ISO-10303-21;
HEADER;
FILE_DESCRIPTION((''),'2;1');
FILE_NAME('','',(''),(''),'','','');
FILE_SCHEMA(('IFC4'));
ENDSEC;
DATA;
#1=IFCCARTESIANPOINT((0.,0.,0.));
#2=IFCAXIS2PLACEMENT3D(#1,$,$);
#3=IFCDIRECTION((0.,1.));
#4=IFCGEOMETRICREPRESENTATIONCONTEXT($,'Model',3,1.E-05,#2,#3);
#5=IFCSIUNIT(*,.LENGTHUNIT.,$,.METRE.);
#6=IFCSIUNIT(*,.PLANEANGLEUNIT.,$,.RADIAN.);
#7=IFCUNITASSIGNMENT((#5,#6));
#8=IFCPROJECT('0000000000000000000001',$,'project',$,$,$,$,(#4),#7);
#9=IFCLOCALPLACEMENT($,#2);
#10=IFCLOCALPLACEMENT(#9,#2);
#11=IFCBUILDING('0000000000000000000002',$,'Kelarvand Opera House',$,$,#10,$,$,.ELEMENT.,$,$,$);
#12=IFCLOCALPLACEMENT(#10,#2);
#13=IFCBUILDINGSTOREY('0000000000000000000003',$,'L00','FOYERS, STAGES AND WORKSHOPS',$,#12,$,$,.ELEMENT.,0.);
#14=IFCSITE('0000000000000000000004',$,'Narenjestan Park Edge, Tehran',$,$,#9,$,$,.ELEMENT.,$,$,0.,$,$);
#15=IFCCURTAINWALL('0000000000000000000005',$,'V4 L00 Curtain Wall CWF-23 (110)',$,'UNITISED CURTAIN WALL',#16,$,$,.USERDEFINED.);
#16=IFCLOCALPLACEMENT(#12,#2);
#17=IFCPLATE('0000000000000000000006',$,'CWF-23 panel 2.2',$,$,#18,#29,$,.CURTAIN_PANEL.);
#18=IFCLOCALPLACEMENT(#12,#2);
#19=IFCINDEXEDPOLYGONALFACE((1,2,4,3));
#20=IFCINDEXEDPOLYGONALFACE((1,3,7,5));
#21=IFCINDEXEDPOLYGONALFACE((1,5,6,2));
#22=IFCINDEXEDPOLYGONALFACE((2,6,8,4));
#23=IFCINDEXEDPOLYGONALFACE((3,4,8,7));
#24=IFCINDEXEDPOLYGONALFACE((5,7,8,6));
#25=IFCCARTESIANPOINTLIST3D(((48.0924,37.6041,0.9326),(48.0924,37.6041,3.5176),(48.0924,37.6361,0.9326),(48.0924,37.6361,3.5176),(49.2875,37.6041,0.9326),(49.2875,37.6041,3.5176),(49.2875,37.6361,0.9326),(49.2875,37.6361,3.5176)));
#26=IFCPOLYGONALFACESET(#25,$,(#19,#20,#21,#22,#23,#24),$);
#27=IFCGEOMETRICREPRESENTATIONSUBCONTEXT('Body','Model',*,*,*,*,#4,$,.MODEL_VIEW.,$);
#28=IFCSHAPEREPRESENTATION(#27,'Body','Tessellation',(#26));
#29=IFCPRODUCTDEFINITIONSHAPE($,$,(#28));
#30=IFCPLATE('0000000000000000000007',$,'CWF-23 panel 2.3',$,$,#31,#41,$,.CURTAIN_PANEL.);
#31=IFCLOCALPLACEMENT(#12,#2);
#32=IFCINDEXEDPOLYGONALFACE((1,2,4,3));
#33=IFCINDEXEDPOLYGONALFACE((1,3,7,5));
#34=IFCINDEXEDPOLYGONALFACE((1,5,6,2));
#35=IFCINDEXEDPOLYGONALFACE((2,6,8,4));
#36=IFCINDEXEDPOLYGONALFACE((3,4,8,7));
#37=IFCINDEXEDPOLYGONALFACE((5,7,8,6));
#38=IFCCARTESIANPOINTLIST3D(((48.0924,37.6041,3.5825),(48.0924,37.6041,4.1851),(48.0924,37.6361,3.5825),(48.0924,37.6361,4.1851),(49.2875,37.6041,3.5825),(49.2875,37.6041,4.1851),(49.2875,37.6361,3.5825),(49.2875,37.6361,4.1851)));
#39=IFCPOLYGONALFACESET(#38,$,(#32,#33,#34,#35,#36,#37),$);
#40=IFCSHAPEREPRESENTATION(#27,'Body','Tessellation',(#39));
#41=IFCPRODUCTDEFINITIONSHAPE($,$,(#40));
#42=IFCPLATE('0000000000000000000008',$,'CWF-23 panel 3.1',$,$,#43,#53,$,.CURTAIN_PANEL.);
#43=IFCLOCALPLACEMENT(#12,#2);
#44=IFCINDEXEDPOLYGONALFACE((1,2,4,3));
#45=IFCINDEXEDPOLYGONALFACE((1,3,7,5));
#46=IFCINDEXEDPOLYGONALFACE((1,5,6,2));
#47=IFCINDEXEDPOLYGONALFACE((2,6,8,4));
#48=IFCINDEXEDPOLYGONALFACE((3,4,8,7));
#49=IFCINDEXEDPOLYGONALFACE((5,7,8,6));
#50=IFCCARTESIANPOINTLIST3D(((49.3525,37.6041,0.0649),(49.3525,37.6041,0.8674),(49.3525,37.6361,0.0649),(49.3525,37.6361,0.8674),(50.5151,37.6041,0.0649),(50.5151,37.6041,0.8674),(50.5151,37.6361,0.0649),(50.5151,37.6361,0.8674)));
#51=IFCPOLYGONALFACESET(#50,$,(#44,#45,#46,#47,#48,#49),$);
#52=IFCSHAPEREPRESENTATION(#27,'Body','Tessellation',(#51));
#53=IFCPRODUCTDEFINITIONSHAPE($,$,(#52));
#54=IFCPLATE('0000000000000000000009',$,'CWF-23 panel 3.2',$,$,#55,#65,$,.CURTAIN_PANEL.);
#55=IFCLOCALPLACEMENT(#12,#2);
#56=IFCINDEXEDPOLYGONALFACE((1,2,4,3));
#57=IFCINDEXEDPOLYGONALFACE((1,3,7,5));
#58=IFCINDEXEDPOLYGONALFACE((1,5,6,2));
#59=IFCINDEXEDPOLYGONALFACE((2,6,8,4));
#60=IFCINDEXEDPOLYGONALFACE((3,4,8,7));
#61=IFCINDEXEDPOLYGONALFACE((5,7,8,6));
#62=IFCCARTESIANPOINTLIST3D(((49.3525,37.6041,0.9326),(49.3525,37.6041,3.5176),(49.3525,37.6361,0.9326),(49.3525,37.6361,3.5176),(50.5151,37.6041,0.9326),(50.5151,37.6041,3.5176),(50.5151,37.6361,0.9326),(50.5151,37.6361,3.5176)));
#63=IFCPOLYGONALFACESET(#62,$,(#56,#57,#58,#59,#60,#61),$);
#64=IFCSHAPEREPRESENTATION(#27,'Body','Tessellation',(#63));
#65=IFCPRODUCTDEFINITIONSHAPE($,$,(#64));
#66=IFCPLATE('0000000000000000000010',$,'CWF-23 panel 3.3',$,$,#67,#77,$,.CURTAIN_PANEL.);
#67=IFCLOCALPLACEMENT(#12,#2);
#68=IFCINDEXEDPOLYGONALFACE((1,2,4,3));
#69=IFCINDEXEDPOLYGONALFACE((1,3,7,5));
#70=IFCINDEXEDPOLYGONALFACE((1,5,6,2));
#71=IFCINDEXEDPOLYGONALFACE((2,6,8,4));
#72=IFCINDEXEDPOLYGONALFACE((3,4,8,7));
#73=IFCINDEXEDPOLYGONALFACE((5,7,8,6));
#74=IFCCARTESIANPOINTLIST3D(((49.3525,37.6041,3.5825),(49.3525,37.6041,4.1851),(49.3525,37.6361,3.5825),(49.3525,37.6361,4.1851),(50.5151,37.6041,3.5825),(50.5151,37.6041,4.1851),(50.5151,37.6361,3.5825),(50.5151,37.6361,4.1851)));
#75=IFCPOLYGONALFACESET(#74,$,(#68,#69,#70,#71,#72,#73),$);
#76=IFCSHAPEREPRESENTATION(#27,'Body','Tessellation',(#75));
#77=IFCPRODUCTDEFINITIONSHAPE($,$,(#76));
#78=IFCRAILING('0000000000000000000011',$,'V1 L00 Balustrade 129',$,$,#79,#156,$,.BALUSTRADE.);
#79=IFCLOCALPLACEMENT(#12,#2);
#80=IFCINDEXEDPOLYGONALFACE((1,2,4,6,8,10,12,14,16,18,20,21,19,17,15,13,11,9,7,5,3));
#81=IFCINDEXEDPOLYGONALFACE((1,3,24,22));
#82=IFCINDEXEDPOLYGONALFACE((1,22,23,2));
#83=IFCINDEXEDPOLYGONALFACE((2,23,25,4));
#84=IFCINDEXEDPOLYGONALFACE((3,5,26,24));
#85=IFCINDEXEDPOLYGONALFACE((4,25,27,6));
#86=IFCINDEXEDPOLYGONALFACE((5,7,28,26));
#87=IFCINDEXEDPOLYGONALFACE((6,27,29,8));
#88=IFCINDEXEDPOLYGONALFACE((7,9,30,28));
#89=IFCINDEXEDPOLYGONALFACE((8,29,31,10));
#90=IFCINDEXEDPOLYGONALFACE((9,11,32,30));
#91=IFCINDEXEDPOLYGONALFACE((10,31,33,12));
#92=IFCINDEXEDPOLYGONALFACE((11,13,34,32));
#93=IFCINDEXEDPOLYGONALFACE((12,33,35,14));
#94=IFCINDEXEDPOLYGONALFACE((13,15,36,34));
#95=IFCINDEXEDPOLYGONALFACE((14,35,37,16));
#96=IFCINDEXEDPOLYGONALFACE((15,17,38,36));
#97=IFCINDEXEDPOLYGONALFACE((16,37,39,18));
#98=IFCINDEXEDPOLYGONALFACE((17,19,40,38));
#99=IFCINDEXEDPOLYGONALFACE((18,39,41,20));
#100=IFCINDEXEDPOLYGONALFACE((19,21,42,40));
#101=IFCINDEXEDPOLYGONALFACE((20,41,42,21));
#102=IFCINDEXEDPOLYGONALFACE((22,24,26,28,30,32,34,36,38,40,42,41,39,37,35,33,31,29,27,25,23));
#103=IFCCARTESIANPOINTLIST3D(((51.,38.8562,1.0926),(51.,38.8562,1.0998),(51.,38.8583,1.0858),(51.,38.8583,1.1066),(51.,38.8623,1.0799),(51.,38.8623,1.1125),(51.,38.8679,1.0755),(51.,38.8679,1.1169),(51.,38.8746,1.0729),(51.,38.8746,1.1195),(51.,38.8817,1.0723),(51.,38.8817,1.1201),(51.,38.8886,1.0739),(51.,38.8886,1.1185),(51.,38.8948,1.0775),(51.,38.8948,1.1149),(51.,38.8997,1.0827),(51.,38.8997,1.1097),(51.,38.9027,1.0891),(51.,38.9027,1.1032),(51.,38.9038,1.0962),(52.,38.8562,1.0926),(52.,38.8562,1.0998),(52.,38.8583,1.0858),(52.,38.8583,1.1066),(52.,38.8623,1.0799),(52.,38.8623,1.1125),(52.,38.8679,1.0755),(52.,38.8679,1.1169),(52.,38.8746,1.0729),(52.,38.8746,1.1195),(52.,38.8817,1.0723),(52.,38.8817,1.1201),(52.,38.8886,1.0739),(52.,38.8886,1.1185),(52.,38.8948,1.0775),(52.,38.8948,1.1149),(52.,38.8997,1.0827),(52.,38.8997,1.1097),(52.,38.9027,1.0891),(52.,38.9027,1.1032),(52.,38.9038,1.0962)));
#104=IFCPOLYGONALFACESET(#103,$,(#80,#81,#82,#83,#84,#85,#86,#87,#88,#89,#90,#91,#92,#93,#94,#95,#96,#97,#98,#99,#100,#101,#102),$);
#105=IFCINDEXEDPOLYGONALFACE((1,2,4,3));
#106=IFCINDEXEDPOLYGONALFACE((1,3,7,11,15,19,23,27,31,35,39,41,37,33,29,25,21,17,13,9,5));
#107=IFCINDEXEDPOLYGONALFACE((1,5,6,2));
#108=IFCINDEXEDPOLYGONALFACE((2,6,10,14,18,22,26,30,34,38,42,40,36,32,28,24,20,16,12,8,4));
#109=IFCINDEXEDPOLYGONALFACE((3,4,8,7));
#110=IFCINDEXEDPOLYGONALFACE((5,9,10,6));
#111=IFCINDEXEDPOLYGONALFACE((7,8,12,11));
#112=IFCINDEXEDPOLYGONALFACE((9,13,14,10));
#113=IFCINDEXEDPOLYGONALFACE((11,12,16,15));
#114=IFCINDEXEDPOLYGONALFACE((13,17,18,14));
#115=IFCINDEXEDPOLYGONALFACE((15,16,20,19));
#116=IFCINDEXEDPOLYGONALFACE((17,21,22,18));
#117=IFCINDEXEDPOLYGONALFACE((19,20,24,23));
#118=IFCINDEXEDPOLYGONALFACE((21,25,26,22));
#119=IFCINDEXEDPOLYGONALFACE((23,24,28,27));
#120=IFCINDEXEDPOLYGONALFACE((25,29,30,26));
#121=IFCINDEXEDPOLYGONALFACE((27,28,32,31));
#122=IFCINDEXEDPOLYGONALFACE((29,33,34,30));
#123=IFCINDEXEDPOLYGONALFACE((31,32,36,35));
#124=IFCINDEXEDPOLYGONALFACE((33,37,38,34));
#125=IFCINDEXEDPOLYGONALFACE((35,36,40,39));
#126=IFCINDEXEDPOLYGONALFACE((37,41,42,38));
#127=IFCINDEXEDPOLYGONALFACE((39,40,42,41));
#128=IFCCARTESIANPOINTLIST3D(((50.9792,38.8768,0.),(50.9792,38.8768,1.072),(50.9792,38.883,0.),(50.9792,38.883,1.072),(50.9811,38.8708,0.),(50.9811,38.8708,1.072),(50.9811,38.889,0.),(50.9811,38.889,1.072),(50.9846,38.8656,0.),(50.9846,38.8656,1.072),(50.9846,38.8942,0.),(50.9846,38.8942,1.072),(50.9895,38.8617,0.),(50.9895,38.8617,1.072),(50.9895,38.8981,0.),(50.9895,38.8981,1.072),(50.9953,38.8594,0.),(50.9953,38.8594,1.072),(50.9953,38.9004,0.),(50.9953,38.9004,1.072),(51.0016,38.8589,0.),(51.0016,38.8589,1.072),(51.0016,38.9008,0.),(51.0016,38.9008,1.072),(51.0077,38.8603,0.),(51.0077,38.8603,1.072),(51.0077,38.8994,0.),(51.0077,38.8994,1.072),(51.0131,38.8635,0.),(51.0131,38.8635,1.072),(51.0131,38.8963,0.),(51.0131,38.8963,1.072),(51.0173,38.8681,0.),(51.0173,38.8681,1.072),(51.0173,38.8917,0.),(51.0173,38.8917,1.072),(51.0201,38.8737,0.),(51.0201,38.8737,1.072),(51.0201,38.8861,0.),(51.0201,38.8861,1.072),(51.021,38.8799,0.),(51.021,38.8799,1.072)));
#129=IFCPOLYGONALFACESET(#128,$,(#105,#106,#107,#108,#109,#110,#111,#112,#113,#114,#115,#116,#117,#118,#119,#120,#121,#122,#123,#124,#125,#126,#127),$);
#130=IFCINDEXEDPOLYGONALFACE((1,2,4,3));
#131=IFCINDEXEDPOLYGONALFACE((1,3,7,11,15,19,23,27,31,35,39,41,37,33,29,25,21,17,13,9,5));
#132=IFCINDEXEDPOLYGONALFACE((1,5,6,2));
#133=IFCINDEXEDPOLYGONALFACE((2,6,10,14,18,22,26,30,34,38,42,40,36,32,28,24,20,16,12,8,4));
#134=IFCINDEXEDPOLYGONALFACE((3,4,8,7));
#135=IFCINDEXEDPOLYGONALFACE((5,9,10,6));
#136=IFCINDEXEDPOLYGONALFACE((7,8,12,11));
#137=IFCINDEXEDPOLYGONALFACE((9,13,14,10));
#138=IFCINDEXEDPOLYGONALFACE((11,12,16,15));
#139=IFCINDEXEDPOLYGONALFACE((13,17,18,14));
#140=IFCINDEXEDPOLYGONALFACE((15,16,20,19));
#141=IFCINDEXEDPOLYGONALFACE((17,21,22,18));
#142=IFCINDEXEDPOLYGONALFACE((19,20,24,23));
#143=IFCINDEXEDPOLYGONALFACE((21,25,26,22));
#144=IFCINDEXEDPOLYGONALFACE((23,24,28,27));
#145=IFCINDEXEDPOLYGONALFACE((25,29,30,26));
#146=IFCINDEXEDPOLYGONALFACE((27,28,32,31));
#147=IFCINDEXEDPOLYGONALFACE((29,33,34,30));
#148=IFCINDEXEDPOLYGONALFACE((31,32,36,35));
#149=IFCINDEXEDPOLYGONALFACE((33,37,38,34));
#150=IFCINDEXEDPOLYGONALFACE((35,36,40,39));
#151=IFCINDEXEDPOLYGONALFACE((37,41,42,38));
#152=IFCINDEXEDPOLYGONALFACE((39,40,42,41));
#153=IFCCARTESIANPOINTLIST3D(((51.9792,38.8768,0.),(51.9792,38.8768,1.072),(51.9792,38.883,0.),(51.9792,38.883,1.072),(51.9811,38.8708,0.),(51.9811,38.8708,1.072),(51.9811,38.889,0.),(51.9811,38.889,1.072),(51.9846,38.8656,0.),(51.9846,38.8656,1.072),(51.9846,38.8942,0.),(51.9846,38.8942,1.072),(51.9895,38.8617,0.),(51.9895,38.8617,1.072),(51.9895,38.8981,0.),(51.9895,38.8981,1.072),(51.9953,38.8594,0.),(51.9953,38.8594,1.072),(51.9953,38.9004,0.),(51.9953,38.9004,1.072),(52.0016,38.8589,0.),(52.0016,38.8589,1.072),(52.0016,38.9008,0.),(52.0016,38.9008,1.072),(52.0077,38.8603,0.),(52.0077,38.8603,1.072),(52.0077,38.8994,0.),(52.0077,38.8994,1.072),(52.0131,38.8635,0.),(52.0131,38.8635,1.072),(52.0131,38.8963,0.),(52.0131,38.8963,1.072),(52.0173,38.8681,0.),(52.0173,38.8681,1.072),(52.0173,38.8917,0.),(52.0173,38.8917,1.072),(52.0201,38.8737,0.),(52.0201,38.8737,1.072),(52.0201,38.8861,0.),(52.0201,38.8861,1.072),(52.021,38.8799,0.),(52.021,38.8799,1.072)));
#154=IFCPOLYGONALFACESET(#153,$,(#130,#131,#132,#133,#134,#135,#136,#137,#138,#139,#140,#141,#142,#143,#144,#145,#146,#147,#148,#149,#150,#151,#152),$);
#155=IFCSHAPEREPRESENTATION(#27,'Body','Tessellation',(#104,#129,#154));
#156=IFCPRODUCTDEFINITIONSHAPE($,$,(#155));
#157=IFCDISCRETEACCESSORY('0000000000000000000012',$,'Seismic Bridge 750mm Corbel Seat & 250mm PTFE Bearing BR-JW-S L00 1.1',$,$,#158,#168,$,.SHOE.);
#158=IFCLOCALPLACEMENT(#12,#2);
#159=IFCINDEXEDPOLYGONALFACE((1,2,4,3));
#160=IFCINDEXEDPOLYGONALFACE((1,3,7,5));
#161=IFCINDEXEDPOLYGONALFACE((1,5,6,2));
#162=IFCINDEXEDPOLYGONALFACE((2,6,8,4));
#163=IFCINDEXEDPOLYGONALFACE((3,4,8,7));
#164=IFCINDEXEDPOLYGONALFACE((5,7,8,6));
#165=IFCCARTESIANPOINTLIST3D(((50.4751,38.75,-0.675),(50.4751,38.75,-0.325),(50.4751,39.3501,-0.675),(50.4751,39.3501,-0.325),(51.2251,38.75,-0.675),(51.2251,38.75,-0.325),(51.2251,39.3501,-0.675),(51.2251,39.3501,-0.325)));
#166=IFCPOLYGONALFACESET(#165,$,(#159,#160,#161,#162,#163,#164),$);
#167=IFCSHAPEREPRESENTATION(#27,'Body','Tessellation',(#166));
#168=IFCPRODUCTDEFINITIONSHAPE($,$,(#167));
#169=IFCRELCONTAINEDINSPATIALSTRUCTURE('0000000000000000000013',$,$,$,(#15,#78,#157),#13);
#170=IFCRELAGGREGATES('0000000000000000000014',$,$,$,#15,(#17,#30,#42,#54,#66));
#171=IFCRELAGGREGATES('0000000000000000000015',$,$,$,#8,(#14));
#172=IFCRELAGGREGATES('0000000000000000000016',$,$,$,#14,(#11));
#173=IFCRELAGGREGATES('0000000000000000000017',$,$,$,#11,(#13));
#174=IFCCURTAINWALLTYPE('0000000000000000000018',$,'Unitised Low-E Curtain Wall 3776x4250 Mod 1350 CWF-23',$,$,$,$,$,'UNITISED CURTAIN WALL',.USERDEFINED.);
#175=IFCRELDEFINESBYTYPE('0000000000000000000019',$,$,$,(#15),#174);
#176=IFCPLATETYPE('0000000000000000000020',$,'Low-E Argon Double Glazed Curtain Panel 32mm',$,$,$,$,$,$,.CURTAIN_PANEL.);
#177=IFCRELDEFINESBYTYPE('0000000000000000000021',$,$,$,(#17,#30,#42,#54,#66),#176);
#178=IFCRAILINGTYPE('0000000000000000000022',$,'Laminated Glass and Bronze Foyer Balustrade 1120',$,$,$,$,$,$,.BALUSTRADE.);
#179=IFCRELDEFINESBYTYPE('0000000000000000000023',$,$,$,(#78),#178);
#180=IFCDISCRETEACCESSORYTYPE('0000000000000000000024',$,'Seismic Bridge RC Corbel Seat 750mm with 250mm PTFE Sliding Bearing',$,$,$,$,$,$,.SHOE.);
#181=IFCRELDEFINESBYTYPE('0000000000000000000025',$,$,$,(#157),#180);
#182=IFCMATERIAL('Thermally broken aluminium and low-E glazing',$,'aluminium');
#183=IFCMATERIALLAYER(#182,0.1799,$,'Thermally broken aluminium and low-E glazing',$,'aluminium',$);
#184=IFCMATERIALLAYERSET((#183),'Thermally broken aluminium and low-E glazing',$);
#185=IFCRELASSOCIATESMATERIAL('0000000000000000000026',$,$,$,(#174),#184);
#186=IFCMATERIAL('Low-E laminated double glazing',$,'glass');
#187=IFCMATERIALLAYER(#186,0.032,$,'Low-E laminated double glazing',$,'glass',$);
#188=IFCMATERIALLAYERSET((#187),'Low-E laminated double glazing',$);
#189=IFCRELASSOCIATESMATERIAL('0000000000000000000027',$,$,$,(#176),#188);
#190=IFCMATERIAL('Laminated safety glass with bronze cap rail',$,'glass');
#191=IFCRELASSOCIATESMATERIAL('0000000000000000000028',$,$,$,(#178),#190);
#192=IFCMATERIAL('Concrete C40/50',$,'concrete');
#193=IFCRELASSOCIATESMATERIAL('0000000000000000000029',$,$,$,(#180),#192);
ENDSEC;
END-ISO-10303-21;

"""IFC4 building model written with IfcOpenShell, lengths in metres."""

from ifc_helpers import new_model, si_unit, direction, frame, origin, origin_2d, place, context, subcontext, project, spatial, rectangle, circle, extrude, material, layer, layer_set, type_object, element, aggregate, save


model = new_model("IFC4")

# Units and contexts
model_context = context("Model", 3, precision=1e-05, world=origin(), true_north=direction((0.0, 1.0)))
body_context = subcontext(model_context, "Body", "Model", "MODEL_VIEW")
ifc_project = project(units=[si_unit("LENGTHUNIT", "METRE"), si_unit("PLANEANGLEUNIT", "RADIAN")], contexts=[model_context])

# Site, building, storey
site_placement = place(None, origin())
site = spatial("IfcSite", under=ifc_project, at=site_placement, Name="Narenjestan Park Edge, Tehran", CompositionType="ELEMENT", RefElevation=0.0)
building_placement = place(site_placement, origin())
building = spatial("IfcBuilding", under=site, at=building_placement, Name="Kelarvand Opera House", CompositionType="ELEMENT")
storey_placement = place(building_placement, origin())
storey = spatial("IfcBuildingStorey", under=building, at=storey_placement, Name="L00", Description="FOYERS, STAGES AND WORKSHOPS", CompositionType="ELEMENT", Elevation=0.0)

# Shared definitions
ifc_material_1 = material(Name="Concrete C40/50", Category="concrete")

# Curtain wall
ifc_material_2 = material(Name="Thermally broken aluminium and low-E glazing", Category="aluminium")
ifc_layer_1 = layer(ifc_material_2, 0.1799, Name="Thermally broken aluminium and low-E glazing", Category="aluminium")
ifc_layer_set_1 = layer_set([ifc_layer_1], Name="Thermally broken aluminium and low-E glazing")
curtain_wall_type = type_object("IfcCurtainWallType", Name="Unitised Low-E Curtain Wall 3776x4250 Mod 1350 CWF-23", ElementType="UNITISED CURTAIN WALL", PredefinedType="USERDEFINED", material=ifc_layer_set_1)
curtain_wall_placement = place(storey_placement, origin())
curtain_wall = element("IfcCurtainWall", 1, at=curtain_wall_placement, inside=storey, type_object=curtain_wall_type, Name="V4 L00 Curtain Wall CWF-23 (110)", ObjectType="UNITISED CURTAIN WALL", PredefinedType="USERDEFINED")

# Plates
ifc_material_3 = material(Name="Low-E laminated double glazing", Category="glass")
ifc_layer_2 = layer(ifc_material_3, 0.032, Name="Low-E laminated double glazing", Category="glass")
ifc_layer_set_2 = layer_set([ifc_layer_2], Name="Low-E laminated double glazing")
plate_type = type_object("IfcPlateType", Name="Low-E Argon Double Glazed Curtain Panel 32mm", PredefinedType="CURTAIN_PANEL", material=ifc_layer_set_2)
plate_1_placement = place(storey_placement, frame((48.6899, 37.6201, 0.9326), z_axis=(0.0, 0.0, 1.0), x_axis=(1.0, 0.0, 0.0)))
plate_1 = element("IfcPlate", 2, at=plate_1_placement, type_object=plate_type, Name="CWF-23 panel 2.2", PredefinedType="CURTAIN_PANEL", context=body_context, shape_type="SweptSolid", body=[
    extrude(rectangle(XDim=1.1951, YDim=0.032, at=origin_2d()), origin(), (0.0, 0.0, 1.0), 2.585),
])
plate_2_placement = place(storey_placement, frame((48.6899, 37.6201, 3.5825), z_axis=(0.0, 0.0, 1.0), x_axis=(1.0, 0.0, 0.0)))
plate_2 = element("IfcPlate", 3, at=plate_2_placement, type_object=plate_type, Name="CWF-23 panel 2.3", PredefinedType="CURTAIN_PANEL", context=body_context, shape_type="SweptSolid", body=[
    extrude(rectangle(XDim=1.1951, YDim=0.032, at=origin_2d()), origin(), (0.0, 0.0, 1.0), 0.6025),
])
plate_3_placement = place(storey_placement, frame((49.9338, 37.6201, 0.0649), z_axis=(0.0, 0.0, 1.0), x_axis=(1.0, 0.0, 0.0)))
plate_3 = element("IfcPlate", 4, at=plate_3_placement, type_object=plate_type, Name="CWF-23 panel 3.1", PredefinedType="CURTAIN_PANEL", context=body_context, shape_type="SweptSolid", body=[
    extrude(rectangle(XDim=1.1626, YDim=0.032, at=origin_2d()), origin(), (0.0, 0.0, 1.0), 0.8025),
])
plate_4_placement = place(storey_placement, frame((49.9338, 37.6201, 0.9326), z_axis=(0.0, 0.0, 1.0), x_axis=(1.0, 0.0, 0.0)))
plate_4 = element("IfcPlate", 5, at=plate_4_placement, type_object=plate_type, Name="CWF-23 panel 3.2", PredefinedType="CURTAIN_PANEL", context=body_context, shape_type="SweptSolid", body=[
    extrude(rectangle(XDim=1.1626, YDim=0.032, at=origin_2d()), origin(), (0.0, 0.0, 1.0), 2.585),
])
plate_5_placement = place(storey_placement, frame((49.9338, 37.6201, 3.5825), z_axis=(0.0, 0.0, 1.0), x_axis=(1.0, 0.0, 0.0)))
plate_5 = element("IfcPlate", 6, at=plate_5_placement, type_object=plate_type, Name="CWF-23 panel 3.3", PredefinedType="CURTAIN_PANEL", context=body_context, shape_type="SweptSolid", body=[
    extrude(rectangle(XDim=1.1626, YDim=0.032, at=origin_2d()), origin(), (0.0, 0.0, 1.0), 0.6025),
])
aggregate(curtain_wall, [plate_1, plate_2, plate_3, plate_4, plate_5])

# Railing
ifc_material_4 = material(Name="Laminated safety glass with bronze cap rail", Category="glass")
railing_type = type_object("IfcRailingType", Name="Laminated Glass and Bronze Foyer Balustrade 1120", PredefinedType="BALUSTRADE", material=ifc_material_4)
railing_placement = place(storey_placement, frame((51.0, 38.8799, 0.0)))
element("IfcRailing", 7, at=railing_placement, inside=storey, type_object=railing_type, Name="V1 L00 Balustrade 129", PredefinedType="BALUSTRADE", context=body_context, shape_type="SweptSolid", body=[
    extrude(circle(Radius=0.0239, at=origin_2d()), frame((0.0, 0.0, 1.0962), z_axis=(1.0, 0.0, 0.0), x_axis=(0.0, 1.0, 0.0)), (0.0, 0.0, 1.0), 1.0),
    extrude(circle(Radius=0.021, at=origin_2d()), origin(), (0.0, 0.0, 1.0), 1.072),
    extrude(circle(Radius=0.021, at=origin_2d()), frame((1.0, 0.0, 0.0)), (0.0, 0.0, 1.0), 1.072),
])

# Discrete accessory
discrete_accessory_type = type_object("IfcDiscreteAccessoryType", Name="Seismic Bridge RC Corbel Seat 750mm with 250mm PTFE Sliding Bearing", PredefinedType="SHOE", material=ifc_material_1)
discrete_accessory_placement = place(storey_placement, frame((50.8501, 39.05, -0.675), z_axis=(0.0, 0.0, 1.0), x_axis=(1.0, 0.0, 0.0)))
element("IfcDiscreteAccessory", 8, at=discrete_accessory_placement, inside=storey, type_object=discrete_accessory_type, Name="Seismic Bridge 750mm Corbel Seat & 250mm PTFE Bearing BR-JW-S L00 1.1", PredefinedType="SHOE", context=body_context, shape_type="SweptSolid", body=[
    extrude(rectangle(XDim=0.75, YDim=0.6001, at=origin_2d()), origin(), (0.0, 0.0, 1.0), 0.3501),
])

save(model, "model.ifc")
